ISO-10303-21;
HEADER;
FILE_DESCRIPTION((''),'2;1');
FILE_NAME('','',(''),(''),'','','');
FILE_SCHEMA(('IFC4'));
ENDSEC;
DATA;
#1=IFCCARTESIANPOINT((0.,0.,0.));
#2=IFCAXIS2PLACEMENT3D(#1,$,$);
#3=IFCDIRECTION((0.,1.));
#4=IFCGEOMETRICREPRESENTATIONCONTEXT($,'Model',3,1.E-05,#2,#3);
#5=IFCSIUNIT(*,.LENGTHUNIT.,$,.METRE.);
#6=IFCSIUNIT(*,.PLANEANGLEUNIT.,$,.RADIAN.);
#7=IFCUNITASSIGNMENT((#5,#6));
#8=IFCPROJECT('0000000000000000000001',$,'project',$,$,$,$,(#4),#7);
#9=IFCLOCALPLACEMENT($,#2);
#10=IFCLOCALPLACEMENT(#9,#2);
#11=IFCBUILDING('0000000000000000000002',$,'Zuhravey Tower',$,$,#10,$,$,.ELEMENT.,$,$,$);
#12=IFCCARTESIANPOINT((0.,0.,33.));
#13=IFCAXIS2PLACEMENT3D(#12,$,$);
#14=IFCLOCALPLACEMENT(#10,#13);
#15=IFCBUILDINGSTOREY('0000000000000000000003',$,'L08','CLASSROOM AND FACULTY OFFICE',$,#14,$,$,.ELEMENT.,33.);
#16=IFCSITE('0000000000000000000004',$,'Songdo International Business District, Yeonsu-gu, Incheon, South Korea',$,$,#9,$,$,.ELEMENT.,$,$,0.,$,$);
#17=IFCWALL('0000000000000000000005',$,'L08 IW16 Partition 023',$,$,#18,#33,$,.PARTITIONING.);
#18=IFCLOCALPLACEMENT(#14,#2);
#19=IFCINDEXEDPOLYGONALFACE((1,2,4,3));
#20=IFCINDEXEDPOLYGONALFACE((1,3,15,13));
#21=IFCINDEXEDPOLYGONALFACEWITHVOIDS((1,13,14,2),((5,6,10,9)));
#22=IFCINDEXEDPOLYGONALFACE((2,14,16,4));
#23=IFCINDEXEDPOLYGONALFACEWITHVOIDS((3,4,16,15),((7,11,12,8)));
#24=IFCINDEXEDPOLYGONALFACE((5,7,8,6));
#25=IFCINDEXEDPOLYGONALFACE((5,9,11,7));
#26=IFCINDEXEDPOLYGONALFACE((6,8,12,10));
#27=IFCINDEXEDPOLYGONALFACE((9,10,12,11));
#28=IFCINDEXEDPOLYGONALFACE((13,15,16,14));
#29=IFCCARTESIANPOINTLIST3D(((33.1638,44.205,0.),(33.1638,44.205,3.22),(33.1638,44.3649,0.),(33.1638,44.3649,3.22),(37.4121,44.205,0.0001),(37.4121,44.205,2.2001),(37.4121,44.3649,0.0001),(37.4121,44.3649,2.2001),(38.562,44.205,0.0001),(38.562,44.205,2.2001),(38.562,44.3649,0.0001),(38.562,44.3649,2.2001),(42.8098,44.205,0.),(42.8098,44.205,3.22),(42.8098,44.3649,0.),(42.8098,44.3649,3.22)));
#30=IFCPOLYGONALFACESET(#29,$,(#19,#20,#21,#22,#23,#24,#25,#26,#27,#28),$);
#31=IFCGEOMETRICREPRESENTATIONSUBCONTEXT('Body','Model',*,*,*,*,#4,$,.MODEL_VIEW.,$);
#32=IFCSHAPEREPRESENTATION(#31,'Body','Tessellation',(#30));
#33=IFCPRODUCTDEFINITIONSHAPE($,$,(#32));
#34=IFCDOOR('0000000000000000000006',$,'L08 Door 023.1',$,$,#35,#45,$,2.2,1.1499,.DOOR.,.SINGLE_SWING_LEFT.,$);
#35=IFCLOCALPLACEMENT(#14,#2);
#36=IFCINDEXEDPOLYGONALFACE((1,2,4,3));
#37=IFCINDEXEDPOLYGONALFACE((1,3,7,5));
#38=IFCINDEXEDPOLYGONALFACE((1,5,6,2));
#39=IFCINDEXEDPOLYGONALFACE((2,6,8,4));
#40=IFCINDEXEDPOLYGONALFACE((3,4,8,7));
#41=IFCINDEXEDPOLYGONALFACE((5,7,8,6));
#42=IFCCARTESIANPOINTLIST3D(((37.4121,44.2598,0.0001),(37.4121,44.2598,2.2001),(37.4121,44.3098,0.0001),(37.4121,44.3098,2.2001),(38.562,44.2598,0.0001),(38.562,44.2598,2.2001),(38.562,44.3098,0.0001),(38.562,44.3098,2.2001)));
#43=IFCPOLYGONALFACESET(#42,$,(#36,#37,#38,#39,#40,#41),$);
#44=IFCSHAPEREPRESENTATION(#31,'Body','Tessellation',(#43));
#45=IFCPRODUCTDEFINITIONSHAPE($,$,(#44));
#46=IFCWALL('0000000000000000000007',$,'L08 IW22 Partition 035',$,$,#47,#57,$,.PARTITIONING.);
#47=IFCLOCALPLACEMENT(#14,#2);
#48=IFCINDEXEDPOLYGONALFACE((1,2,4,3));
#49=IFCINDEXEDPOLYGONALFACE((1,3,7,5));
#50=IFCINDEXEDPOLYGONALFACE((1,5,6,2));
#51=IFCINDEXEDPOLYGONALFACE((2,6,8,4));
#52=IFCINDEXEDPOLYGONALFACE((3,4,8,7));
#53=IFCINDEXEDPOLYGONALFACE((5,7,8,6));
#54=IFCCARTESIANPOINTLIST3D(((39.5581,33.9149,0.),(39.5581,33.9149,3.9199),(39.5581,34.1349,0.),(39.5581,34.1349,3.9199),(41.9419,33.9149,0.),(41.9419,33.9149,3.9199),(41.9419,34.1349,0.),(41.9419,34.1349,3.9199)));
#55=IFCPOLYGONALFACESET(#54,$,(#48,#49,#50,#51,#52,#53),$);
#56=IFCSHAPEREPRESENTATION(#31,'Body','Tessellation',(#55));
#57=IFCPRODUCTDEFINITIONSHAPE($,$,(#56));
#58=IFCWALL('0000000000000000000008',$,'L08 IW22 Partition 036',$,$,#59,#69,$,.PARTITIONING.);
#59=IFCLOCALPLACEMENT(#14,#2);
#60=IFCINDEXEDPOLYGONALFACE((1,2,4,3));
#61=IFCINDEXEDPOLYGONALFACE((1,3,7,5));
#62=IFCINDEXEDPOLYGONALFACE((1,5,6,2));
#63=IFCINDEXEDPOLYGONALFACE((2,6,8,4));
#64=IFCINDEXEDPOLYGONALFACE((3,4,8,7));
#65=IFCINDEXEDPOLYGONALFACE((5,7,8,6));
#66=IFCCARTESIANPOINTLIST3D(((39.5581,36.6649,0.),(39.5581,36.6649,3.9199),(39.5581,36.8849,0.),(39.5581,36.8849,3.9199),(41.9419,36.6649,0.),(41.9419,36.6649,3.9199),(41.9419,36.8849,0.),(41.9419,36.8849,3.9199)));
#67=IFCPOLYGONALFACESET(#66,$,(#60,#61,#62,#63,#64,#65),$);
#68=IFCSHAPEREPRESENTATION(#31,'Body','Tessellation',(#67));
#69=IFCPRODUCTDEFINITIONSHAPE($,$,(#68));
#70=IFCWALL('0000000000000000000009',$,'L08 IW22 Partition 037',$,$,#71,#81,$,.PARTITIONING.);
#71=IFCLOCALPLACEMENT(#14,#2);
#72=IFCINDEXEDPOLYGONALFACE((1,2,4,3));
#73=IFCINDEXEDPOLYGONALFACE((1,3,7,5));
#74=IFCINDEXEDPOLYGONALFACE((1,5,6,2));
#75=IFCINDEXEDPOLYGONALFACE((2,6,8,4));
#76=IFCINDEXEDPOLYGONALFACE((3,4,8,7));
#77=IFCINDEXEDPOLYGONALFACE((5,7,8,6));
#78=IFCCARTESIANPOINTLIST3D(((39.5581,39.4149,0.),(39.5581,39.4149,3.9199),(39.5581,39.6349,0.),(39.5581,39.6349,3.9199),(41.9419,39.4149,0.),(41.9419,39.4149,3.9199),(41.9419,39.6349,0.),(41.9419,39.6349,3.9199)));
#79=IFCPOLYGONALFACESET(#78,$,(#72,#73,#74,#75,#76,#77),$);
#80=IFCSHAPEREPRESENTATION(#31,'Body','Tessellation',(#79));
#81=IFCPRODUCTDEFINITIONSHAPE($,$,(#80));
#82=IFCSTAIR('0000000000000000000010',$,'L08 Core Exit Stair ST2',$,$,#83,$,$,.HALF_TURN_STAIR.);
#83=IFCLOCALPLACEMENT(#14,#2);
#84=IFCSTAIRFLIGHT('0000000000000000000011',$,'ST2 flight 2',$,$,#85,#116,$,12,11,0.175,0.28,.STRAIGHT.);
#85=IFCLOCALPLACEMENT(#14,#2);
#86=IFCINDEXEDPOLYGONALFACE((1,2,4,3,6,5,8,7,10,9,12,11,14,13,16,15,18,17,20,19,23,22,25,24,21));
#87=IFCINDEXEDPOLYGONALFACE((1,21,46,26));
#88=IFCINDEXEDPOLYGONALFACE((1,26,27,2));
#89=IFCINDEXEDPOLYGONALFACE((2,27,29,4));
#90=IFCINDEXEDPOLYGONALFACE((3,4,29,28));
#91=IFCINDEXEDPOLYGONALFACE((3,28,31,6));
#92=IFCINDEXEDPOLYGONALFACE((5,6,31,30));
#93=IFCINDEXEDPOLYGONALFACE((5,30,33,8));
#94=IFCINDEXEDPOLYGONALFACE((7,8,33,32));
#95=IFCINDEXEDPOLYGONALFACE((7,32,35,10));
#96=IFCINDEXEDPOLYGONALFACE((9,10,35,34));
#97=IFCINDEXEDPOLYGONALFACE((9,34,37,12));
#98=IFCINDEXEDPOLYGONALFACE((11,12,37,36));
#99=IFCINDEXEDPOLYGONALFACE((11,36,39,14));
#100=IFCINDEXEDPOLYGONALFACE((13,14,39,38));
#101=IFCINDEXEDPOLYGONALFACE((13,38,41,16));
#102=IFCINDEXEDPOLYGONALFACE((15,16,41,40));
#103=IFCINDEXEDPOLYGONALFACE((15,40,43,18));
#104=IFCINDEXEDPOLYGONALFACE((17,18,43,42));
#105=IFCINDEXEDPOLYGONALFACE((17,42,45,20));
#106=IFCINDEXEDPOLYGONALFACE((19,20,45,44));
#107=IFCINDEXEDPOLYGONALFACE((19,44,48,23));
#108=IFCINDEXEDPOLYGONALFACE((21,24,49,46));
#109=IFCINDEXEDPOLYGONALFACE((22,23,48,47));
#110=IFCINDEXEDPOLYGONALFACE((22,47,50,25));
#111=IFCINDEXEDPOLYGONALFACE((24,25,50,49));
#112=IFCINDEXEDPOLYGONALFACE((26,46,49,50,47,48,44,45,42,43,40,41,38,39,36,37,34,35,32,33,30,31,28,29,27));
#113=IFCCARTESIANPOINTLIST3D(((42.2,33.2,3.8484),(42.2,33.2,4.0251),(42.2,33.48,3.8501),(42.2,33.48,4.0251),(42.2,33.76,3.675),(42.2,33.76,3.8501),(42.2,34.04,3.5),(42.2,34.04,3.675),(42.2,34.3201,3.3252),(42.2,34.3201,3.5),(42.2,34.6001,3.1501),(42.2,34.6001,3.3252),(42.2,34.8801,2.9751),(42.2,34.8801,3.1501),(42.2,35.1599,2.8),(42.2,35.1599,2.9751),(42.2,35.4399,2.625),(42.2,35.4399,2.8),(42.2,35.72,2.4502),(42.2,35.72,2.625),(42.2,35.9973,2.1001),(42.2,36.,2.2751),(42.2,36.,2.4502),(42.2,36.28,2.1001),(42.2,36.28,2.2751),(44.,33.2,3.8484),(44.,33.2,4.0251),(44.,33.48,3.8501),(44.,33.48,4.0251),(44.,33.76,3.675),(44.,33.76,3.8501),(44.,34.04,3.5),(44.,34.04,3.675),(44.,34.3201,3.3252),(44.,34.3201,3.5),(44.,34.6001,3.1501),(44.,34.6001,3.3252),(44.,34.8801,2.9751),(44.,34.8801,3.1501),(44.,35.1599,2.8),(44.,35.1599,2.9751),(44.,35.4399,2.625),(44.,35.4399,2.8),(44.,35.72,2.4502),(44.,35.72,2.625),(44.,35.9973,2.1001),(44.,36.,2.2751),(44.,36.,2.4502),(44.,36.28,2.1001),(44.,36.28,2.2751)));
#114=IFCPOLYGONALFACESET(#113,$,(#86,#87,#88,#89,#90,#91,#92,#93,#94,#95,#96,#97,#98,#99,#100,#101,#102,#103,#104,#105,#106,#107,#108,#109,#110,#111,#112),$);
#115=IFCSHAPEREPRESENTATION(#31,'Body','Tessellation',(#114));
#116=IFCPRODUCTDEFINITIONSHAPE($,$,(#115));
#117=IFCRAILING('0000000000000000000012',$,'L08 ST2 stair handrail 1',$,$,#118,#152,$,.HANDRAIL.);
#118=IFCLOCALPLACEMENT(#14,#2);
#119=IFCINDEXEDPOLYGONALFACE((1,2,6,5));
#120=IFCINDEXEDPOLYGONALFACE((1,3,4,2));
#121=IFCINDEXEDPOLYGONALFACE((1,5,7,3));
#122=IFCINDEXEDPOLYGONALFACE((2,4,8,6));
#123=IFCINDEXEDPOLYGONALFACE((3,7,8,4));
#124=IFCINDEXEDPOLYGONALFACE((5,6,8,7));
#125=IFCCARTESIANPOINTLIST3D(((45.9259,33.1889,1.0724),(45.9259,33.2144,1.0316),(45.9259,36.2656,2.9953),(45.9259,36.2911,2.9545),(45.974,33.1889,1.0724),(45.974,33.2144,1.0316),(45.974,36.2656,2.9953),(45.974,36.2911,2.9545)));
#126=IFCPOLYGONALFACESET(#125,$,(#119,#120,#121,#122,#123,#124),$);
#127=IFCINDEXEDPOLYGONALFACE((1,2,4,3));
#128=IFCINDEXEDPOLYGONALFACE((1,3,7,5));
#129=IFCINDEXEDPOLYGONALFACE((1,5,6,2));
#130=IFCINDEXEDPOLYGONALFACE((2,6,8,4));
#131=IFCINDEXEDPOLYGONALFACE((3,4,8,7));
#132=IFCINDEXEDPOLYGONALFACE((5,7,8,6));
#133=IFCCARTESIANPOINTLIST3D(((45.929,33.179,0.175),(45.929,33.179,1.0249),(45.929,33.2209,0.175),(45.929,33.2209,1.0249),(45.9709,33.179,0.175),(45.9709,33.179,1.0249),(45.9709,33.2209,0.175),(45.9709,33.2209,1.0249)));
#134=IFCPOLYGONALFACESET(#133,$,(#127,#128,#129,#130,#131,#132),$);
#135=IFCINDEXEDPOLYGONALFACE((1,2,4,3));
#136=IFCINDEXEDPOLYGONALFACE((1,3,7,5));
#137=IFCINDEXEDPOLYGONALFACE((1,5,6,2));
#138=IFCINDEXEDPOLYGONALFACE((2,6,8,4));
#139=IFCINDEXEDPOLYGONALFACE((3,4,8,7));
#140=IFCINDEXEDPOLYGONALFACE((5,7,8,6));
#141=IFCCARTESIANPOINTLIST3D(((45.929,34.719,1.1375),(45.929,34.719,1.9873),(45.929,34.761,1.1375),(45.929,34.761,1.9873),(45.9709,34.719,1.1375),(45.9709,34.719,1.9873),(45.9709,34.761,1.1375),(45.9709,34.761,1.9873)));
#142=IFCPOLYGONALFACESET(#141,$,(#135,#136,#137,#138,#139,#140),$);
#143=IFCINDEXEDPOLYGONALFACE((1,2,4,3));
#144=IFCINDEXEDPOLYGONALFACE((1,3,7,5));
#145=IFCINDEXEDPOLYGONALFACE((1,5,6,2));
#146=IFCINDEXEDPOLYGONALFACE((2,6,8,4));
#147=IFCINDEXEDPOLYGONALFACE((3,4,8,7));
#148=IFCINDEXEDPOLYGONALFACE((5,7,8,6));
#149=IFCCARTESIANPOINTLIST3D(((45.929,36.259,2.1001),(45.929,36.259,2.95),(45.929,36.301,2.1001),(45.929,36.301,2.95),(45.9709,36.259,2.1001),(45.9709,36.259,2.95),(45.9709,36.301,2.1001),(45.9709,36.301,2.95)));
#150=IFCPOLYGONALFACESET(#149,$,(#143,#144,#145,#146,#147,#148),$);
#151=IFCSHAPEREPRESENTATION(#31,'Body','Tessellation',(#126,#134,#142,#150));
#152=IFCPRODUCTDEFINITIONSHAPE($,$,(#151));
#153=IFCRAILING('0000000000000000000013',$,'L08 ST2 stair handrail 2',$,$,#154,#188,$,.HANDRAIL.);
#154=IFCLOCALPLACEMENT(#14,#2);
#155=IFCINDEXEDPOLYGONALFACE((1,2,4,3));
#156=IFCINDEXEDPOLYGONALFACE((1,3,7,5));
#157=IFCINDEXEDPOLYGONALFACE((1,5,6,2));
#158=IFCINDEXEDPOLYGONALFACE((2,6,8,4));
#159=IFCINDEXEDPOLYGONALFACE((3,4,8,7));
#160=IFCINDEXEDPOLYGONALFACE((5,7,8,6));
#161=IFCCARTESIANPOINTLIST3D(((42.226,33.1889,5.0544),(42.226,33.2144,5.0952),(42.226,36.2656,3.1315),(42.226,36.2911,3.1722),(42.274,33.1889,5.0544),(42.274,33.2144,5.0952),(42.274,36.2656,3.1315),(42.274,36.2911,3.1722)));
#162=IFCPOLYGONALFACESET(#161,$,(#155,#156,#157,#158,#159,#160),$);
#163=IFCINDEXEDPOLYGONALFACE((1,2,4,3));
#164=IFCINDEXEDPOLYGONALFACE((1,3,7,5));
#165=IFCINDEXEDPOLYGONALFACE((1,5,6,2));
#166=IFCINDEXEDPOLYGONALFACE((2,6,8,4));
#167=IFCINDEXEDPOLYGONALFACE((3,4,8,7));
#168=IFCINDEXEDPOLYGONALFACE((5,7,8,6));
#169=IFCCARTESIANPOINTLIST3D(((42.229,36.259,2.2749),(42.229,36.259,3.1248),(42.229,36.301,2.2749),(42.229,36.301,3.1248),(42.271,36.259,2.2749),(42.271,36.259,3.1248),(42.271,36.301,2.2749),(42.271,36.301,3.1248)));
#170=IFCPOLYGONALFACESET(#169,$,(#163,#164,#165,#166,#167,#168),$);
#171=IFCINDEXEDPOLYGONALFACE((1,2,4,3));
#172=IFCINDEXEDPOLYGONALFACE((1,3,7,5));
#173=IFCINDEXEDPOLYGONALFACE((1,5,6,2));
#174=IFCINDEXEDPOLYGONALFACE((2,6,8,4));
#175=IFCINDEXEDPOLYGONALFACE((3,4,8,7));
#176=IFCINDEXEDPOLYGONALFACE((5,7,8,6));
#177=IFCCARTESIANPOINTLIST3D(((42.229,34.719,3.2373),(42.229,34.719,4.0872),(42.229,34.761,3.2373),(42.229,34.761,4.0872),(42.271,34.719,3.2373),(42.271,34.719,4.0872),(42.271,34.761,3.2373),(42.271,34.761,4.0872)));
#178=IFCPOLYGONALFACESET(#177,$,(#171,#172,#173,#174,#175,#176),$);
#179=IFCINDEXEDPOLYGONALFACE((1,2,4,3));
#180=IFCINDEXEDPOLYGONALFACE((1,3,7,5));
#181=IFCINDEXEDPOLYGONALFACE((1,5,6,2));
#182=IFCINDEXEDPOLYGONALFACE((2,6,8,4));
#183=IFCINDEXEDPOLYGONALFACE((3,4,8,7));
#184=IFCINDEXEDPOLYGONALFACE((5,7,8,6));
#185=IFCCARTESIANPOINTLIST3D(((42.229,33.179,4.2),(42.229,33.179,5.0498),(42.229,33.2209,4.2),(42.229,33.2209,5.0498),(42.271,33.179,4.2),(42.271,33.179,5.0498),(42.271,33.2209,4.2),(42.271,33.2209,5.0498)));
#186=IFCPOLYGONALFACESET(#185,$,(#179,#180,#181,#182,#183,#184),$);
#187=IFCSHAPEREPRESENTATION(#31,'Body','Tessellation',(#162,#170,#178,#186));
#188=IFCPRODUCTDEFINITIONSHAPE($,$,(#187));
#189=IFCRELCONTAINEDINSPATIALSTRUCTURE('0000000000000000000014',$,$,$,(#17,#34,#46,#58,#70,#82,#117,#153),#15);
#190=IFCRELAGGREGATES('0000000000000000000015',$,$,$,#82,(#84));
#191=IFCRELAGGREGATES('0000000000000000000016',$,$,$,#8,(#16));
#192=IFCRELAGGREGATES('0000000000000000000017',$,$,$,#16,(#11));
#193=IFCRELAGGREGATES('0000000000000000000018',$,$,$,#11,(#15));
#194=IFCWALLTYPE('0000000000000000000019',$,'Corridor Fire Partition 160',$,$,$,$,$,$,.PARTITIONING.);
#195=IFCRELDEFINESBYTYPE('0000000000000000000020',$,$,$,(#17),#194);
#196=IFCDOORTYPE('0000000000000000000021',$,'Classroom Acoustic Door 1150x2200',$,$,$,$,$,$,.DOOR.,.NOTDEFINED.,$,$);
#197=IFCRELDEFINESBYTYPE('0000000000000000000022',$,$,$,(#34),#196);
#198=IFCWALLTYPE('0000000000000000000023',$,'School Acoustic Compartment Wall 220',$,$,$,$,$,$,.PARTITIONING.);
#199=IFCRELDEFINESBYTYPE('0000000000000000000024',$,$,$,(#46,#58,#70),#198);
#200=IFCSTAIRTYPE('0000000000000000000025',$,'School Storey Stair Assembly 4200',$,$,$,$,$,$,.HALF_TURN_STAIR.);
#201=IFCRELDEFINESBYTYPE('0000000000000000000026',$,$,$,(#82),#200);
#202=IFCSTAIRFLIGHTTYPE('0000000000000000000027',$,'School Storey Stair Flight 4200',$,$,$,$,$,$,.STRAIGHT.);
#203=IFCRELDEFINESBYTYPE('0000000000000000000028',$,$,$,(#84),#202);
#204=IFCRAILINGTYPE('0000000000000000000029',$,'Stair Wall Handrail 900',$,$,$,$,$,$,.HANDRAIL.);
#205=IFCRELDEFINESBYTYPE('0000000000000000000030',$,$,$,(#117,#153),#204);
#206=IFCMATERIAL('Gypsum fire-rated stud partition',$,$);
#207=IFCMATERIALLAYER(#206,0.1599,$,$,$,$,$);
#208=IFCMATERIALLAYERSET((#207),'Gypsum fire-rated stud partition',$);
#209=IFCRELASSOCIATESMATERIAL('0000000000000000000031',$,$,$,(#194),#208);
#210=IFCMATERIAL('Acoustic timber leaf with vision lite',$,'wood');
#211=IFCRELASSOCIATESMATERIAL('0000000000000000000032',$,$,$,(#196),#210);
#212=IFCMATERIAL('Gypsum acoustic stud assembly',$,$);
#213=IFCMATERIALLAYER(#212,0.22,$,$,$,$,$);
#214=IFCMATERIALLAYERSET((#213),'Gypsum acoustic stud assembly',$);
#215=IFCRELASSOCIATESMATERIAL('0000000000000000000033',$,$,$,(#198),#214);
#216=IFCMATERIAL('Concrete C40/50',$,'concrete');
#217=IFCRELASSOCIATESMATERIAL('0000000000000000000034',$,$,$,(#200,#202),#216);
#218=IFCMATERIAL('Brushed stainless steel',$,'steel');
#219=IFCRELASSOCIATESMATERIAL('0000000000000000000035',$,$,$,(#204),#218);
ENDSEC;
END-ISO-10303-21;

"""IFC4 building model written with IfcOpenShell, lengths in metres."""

from ifc_helpers import new_model, si_unit, direction, frame, frame_2d, origin, origin_2d, place, context, subcontext, project, spatial, polyline, rectangle, outline, extrude, material, layer, layer_set, type_object, element, fill, aggregate, save


model = new_model("IFC4")

# Units and contexts
model_context = context("Model", 3, precision=1e-05, world=origin(), true_north=direction((0.0, 1.0)))
body_context = subcontext(model_context, "Body", "Model", "MODEL_VIEW")
ifc_project = project(units=[si_unit("LENGTHUNIT", "METRE"), si_unit("PLANEANGLEUNIT", "RADIAN")], contexts=[model_context])

# Site, building, storey
site_placement = place(None, origin())
site = spatial("IfcSite", under=ifc_project, at=site_placement, Name="Songdo International Business District, Yeonsu-gu, Incheon, South Korea", CompositionType="ELEMENT", RefElevation=0.0)
building_placement = place(site_placement, origin())
building = spatial("IfcBuilding", under=site, at=building_placement, Name="Zuhravey Tower", CompositionType="ELEMENT")
storey_placement = place(building_placement, frame((0.0, 0.0, 33.0)))
storey = spatial("IfcBuildingStorey", under=building, at=storey_placement, Name="L08", Description="CLASSROOM AND FACULTY OFFICE", CompositionType="ELEMENT", Elevation=33.0)

# Wall, opening, door
ifc_material_1 = material(Name="Gypsum fire-rated stud partition")
ifc_layer_1 = layer(ifc_material_1, 0.1599)
ifc_layer_set_1 = layer_set([ifc_layer_1], Name="Gypsum fire-rated stud partition")
wall_type_1 = type_object("IfcWallType", Name="Corridor Fire Partition 160", PredefinedType="PARTITIONING", material=ifc_layer_set_1)
wall_1_placement = place(storey_placement, frame((42.8098, 44.2849, 0.0), z_axis=(0.0, 0.0, 1.0), x_axis=(-1.0, 0.0, 0.0)))
wall_1 = element("IfcWall", 1, at=wall_1_placement, inside=storey, type_object=wall_type_1, Name="L08 IW16 Partition 023", PredefinedType="PARTITIONING", context=body_context, shape_type="SweptSolid", body=[
    extrude(rectangle(XDim=9.646, YDim=0.1599, at=frame_2d((4.823, 0.0))), origin(), (0.0, 0.0, 1.0), 3.22),
])
opening_1_placement = place(wall_1_placement, frame((4.2478, 0.0, 0.0)))
opening_1 = element("IfcOpeningElement", 2, at=opening_1_placement, cuts=wall_1, PredefinedType="OPENING", context=body_context, shape_type="SweptSolid", body=[
    extrude(rectangle(XDim=1.1499, YDim=2.2, at=frame_2d((0.575, 1.1001))), frame((0.0, 0.092, 0.0), z_axis=(0.0, -1.0, 0.0), x_axis=(1.0, 0.0, 0.0)), (0.0, 0.0, 1.0), 0.1838),
])
ifc_material_2 = material(Name="Acoustic timber leaf with vision lite", Category="wood")
door_type_1 = type_object("IfcDoorType", Name="Classroom Acoustic Door 1150x2200", OperationType="NOTDEFINED", PredefinedType="DOOR", material=ifc_material_2)
door_1_placement = place(opening_1_placement, frame((1.1499, 0.0, 0.0), z_axis=(0.0, 0.0, 1.0), x_axis=(-1.0, 0.0, 0.0)))
door_1 = element("IfcDoor", 3, at=door_1_placement, inside=storey, type_object=door_type_1, Name="L08 Door 023.1", OperationType="SINGLE_SWING_LEFT", OverallHeight=2.2, OverallWidth=1.1499, PredefinedType="DOOR", context=body_context, shape_type="SweptSolid", body=[
    extrude(rectangle(XDim=1.1499, YDim=2.2, at=frame_2d((0.575, 1.1001))), frame((0.0, 0.0249, 0.0), z_axis=(0.0, -1.0, 0.0), x_axis=(1.0, 0.0, 0.0)), (0.0, 0.0, 1.0), 0.05),
])
fill(opening_1, door_1)

# Walls
ifc_material_3 = material(Name="Gypsum acoustic stud assembly")
ifc_layer_2 = layer(ifc_material_3, 0.22)
ifc_layer_set_2 = layer_set([ifc_layer_2], Name="Gypsum acoustic stud assembly")
wall_type_2 = type_object("IfcWallType", Name="School Acoustic Compartment Wall 220", PredefinedType="PARTITIONING", material=ifc_layer_set_2)
for number, where, z_axis, x_axis, name in (
    (4, (39.5581, 34.0249, 0.0), (0.0, 0.0, 1.0), (1.0, 0.0, 0.0), "L08 IW22 Partition 035"),
    (5, (39.5581, 36.7749, 0.0), (0.0, 0.0, 1.0), (1.0, 0.0, 0.0), "L08 IW22 Partition 036"),
    (6, (39.5581, 39.5249, 0.0), (0.0, 0.0, 1.0), (1.0, 0.0, 0.0), "L08 IW22 Partition 037"),
):
    element("IfcWall", number, at=place(storey_placement, frame(where, z_axis=z_axis, x_axis=x_axis)), inside=storey, type_object=wall_type_2, Name=name, PredefinedType="PARTITIONING", context=body_context, shape_type="SweptSolid", body=[
        extrude(rectangle(XDim=2.3838, YDim=0.22, at=frame_2d((1.1919, 0.0))), origin(), (0.0, 0.0, 1.0), 3.9199),
    ])

# Stair, stair flight
ifc_material_4 = material(Name="Concrete C40/50", Category="concrete")
stair_type = type_object("IfcStairType", Name="School Storey Stair Assembly 4200", PredefinedType="HALF_TURN_STAIR", material=ifc_material_4)
stair_placement = place(storey_placement, origin())
stair = element("IfcStair", 7, at=stair_placement, inside=storey, type_object=stair_type, Name="L08 Core Exit Stair ST2", PredefinedType="HALF_TURN_STAIR")
stair_flight_type = type_object("IfcStairFlightType", Name="School Storey Stair Flight 4200", PredefinedType="STRAIGHT", material=ifc_material_4)
stair_flight_placement = place(storey_placement, frame((43.1001, 36.28, 2.1001), z_axis=(0.0, 0.0, 1.0), x_axis=(0.0, -1.0, 0.0)))
stair_flight = element("IfcStairFlight", 8, at=stair_flight_placement, type_object=stair_flight_type, Name="ST2 flight 2", NumberOfRisers=12, NumberOfTreads=11, PredefinedType="STRAIGHT", RiserHeight=0.175, TreadLength=0.28, context=body_context, shape_type="SweptSolid", body=[
    extrude(outline(polyline([(0.0, 0.0), (0.0, 0.175), (0.28, 0.175), (0.28, 0.3501), (0.5601, 0.3501), (0.5601, 0.5249), (0.8401, 0.5249), (0.8401, 0.7), (1.1201, 0.7), (1.1201, 0.875), (1.3999, 0.875), (1.3999, 1.05), (1.6799, 1.05), (1.6799, 1.2251), (1.96, 1.2251), (1.96, 1.3999), (2.24, 1.3999), (2.24, 1.575), (2.52, 1.575), (2.52, 1.75), (2.8, 1.75), (2.8, 1.925), (3.0801, 1.925), (3.0801, 2.1001), (3.0801, 1.7483), (0.2827, 0.0), (0.0, 0.0)])), frame((0.0, 0.8999, 0.0), z_axis=(0.0, -1.0, 0.0), x_axis=(1.0, 0.0, 0.0)), (0.0, 0.0, 1.0), 1.8),
])
aggregate(stair, [stair_flight])

# Railings
ifc_material_5 = material(Name="Brushed stainless steel", Category="steel")
railing_type_1 = type_object("IfcRailingType", Name="Stair Wall Handrail 900", PredefinedType="HANDRAIL", material=ifc_material_5)
railing_1_placement = place(storey_placement, frame((45.95, 33.2, 0.175)))
element("IfcRailing", 9, at=railing_1_placement, inside=storey, type_object=railing_type_1, Name="L08 ST2 stair handrail 1", PredefinedType="HANDRAIL", context=body_context, shape_type="SweptSolid", body=[
    extrude(rectangle(XDim=0.0481, YDim=0.0481, at=origin_2d()), frame((0.0, 0.0017, 0.877), z_axis=(0.0, 0.847998, 0.529999), x_axis=(-1.0, 0.0, 0.0)), (0.0, 0.0, 1.0), 3.6282),
    extrude(rectangle(XDim=0.042, YDim=0.042, at=origin_2d()), origin(), (0.0, 0.0, 1.0), 0.8499),
    extrude(rectangle(XDim=0.042, YDim=0.042, at=origin_2d()), frame((0.0, 1.54, 0.9624)), (0.0, 0.0, 1.0), 0.8499),
    extrude(rectangle(XDim=0.042, YDim=0.042, at=origin_2d()), frame((0.0, 3.0801, 1.925)), (0.0, 0.0, 1.0), 0.8499),
])
railing_2_placement = place(storey_placement, frame((42.25, 36.28, 2.2749)))
element("IfcRailing", 10, at=railing_2_placement, inside=storey, type_object=railing_type_1, Name="L08 ST2 stair handrail 2", PredefinedType="HANDRAIL", context=body_context, shape_type="SweptSolid", body=[
    extrude(rectangle(XDim=0.0481, YDim=0.0481, at=origin_2d()), frame((0.0, -0.0017, 0.877), z_axis=(0.0, -0.847998, 0.529999), x_axis=(1.0, 0.0, 0.0)), (0.0, 0.0, 1.0), 3.6282),
    extrude(rectangle(XDim=0.042, YDim=0.042, at=origin_2d()), origin(), (0.0, 0.0, 1.0), 0.8499),
    extrude(rectangle(XDim=0.042, YDim=0.042, at=origin_2d()), frame((0.0, -1.54, 0.9624)), (0.0, 0.0, 1.0), 0.8499),
    extrude(rectangle(XDim=0.042, YDim=0.042, at=origin_2d()), frame((0.0, -3.0801, 1.925)), (0.0, 0.0, 1.0), 0.8499),
])

save(model, "model.ifc")
